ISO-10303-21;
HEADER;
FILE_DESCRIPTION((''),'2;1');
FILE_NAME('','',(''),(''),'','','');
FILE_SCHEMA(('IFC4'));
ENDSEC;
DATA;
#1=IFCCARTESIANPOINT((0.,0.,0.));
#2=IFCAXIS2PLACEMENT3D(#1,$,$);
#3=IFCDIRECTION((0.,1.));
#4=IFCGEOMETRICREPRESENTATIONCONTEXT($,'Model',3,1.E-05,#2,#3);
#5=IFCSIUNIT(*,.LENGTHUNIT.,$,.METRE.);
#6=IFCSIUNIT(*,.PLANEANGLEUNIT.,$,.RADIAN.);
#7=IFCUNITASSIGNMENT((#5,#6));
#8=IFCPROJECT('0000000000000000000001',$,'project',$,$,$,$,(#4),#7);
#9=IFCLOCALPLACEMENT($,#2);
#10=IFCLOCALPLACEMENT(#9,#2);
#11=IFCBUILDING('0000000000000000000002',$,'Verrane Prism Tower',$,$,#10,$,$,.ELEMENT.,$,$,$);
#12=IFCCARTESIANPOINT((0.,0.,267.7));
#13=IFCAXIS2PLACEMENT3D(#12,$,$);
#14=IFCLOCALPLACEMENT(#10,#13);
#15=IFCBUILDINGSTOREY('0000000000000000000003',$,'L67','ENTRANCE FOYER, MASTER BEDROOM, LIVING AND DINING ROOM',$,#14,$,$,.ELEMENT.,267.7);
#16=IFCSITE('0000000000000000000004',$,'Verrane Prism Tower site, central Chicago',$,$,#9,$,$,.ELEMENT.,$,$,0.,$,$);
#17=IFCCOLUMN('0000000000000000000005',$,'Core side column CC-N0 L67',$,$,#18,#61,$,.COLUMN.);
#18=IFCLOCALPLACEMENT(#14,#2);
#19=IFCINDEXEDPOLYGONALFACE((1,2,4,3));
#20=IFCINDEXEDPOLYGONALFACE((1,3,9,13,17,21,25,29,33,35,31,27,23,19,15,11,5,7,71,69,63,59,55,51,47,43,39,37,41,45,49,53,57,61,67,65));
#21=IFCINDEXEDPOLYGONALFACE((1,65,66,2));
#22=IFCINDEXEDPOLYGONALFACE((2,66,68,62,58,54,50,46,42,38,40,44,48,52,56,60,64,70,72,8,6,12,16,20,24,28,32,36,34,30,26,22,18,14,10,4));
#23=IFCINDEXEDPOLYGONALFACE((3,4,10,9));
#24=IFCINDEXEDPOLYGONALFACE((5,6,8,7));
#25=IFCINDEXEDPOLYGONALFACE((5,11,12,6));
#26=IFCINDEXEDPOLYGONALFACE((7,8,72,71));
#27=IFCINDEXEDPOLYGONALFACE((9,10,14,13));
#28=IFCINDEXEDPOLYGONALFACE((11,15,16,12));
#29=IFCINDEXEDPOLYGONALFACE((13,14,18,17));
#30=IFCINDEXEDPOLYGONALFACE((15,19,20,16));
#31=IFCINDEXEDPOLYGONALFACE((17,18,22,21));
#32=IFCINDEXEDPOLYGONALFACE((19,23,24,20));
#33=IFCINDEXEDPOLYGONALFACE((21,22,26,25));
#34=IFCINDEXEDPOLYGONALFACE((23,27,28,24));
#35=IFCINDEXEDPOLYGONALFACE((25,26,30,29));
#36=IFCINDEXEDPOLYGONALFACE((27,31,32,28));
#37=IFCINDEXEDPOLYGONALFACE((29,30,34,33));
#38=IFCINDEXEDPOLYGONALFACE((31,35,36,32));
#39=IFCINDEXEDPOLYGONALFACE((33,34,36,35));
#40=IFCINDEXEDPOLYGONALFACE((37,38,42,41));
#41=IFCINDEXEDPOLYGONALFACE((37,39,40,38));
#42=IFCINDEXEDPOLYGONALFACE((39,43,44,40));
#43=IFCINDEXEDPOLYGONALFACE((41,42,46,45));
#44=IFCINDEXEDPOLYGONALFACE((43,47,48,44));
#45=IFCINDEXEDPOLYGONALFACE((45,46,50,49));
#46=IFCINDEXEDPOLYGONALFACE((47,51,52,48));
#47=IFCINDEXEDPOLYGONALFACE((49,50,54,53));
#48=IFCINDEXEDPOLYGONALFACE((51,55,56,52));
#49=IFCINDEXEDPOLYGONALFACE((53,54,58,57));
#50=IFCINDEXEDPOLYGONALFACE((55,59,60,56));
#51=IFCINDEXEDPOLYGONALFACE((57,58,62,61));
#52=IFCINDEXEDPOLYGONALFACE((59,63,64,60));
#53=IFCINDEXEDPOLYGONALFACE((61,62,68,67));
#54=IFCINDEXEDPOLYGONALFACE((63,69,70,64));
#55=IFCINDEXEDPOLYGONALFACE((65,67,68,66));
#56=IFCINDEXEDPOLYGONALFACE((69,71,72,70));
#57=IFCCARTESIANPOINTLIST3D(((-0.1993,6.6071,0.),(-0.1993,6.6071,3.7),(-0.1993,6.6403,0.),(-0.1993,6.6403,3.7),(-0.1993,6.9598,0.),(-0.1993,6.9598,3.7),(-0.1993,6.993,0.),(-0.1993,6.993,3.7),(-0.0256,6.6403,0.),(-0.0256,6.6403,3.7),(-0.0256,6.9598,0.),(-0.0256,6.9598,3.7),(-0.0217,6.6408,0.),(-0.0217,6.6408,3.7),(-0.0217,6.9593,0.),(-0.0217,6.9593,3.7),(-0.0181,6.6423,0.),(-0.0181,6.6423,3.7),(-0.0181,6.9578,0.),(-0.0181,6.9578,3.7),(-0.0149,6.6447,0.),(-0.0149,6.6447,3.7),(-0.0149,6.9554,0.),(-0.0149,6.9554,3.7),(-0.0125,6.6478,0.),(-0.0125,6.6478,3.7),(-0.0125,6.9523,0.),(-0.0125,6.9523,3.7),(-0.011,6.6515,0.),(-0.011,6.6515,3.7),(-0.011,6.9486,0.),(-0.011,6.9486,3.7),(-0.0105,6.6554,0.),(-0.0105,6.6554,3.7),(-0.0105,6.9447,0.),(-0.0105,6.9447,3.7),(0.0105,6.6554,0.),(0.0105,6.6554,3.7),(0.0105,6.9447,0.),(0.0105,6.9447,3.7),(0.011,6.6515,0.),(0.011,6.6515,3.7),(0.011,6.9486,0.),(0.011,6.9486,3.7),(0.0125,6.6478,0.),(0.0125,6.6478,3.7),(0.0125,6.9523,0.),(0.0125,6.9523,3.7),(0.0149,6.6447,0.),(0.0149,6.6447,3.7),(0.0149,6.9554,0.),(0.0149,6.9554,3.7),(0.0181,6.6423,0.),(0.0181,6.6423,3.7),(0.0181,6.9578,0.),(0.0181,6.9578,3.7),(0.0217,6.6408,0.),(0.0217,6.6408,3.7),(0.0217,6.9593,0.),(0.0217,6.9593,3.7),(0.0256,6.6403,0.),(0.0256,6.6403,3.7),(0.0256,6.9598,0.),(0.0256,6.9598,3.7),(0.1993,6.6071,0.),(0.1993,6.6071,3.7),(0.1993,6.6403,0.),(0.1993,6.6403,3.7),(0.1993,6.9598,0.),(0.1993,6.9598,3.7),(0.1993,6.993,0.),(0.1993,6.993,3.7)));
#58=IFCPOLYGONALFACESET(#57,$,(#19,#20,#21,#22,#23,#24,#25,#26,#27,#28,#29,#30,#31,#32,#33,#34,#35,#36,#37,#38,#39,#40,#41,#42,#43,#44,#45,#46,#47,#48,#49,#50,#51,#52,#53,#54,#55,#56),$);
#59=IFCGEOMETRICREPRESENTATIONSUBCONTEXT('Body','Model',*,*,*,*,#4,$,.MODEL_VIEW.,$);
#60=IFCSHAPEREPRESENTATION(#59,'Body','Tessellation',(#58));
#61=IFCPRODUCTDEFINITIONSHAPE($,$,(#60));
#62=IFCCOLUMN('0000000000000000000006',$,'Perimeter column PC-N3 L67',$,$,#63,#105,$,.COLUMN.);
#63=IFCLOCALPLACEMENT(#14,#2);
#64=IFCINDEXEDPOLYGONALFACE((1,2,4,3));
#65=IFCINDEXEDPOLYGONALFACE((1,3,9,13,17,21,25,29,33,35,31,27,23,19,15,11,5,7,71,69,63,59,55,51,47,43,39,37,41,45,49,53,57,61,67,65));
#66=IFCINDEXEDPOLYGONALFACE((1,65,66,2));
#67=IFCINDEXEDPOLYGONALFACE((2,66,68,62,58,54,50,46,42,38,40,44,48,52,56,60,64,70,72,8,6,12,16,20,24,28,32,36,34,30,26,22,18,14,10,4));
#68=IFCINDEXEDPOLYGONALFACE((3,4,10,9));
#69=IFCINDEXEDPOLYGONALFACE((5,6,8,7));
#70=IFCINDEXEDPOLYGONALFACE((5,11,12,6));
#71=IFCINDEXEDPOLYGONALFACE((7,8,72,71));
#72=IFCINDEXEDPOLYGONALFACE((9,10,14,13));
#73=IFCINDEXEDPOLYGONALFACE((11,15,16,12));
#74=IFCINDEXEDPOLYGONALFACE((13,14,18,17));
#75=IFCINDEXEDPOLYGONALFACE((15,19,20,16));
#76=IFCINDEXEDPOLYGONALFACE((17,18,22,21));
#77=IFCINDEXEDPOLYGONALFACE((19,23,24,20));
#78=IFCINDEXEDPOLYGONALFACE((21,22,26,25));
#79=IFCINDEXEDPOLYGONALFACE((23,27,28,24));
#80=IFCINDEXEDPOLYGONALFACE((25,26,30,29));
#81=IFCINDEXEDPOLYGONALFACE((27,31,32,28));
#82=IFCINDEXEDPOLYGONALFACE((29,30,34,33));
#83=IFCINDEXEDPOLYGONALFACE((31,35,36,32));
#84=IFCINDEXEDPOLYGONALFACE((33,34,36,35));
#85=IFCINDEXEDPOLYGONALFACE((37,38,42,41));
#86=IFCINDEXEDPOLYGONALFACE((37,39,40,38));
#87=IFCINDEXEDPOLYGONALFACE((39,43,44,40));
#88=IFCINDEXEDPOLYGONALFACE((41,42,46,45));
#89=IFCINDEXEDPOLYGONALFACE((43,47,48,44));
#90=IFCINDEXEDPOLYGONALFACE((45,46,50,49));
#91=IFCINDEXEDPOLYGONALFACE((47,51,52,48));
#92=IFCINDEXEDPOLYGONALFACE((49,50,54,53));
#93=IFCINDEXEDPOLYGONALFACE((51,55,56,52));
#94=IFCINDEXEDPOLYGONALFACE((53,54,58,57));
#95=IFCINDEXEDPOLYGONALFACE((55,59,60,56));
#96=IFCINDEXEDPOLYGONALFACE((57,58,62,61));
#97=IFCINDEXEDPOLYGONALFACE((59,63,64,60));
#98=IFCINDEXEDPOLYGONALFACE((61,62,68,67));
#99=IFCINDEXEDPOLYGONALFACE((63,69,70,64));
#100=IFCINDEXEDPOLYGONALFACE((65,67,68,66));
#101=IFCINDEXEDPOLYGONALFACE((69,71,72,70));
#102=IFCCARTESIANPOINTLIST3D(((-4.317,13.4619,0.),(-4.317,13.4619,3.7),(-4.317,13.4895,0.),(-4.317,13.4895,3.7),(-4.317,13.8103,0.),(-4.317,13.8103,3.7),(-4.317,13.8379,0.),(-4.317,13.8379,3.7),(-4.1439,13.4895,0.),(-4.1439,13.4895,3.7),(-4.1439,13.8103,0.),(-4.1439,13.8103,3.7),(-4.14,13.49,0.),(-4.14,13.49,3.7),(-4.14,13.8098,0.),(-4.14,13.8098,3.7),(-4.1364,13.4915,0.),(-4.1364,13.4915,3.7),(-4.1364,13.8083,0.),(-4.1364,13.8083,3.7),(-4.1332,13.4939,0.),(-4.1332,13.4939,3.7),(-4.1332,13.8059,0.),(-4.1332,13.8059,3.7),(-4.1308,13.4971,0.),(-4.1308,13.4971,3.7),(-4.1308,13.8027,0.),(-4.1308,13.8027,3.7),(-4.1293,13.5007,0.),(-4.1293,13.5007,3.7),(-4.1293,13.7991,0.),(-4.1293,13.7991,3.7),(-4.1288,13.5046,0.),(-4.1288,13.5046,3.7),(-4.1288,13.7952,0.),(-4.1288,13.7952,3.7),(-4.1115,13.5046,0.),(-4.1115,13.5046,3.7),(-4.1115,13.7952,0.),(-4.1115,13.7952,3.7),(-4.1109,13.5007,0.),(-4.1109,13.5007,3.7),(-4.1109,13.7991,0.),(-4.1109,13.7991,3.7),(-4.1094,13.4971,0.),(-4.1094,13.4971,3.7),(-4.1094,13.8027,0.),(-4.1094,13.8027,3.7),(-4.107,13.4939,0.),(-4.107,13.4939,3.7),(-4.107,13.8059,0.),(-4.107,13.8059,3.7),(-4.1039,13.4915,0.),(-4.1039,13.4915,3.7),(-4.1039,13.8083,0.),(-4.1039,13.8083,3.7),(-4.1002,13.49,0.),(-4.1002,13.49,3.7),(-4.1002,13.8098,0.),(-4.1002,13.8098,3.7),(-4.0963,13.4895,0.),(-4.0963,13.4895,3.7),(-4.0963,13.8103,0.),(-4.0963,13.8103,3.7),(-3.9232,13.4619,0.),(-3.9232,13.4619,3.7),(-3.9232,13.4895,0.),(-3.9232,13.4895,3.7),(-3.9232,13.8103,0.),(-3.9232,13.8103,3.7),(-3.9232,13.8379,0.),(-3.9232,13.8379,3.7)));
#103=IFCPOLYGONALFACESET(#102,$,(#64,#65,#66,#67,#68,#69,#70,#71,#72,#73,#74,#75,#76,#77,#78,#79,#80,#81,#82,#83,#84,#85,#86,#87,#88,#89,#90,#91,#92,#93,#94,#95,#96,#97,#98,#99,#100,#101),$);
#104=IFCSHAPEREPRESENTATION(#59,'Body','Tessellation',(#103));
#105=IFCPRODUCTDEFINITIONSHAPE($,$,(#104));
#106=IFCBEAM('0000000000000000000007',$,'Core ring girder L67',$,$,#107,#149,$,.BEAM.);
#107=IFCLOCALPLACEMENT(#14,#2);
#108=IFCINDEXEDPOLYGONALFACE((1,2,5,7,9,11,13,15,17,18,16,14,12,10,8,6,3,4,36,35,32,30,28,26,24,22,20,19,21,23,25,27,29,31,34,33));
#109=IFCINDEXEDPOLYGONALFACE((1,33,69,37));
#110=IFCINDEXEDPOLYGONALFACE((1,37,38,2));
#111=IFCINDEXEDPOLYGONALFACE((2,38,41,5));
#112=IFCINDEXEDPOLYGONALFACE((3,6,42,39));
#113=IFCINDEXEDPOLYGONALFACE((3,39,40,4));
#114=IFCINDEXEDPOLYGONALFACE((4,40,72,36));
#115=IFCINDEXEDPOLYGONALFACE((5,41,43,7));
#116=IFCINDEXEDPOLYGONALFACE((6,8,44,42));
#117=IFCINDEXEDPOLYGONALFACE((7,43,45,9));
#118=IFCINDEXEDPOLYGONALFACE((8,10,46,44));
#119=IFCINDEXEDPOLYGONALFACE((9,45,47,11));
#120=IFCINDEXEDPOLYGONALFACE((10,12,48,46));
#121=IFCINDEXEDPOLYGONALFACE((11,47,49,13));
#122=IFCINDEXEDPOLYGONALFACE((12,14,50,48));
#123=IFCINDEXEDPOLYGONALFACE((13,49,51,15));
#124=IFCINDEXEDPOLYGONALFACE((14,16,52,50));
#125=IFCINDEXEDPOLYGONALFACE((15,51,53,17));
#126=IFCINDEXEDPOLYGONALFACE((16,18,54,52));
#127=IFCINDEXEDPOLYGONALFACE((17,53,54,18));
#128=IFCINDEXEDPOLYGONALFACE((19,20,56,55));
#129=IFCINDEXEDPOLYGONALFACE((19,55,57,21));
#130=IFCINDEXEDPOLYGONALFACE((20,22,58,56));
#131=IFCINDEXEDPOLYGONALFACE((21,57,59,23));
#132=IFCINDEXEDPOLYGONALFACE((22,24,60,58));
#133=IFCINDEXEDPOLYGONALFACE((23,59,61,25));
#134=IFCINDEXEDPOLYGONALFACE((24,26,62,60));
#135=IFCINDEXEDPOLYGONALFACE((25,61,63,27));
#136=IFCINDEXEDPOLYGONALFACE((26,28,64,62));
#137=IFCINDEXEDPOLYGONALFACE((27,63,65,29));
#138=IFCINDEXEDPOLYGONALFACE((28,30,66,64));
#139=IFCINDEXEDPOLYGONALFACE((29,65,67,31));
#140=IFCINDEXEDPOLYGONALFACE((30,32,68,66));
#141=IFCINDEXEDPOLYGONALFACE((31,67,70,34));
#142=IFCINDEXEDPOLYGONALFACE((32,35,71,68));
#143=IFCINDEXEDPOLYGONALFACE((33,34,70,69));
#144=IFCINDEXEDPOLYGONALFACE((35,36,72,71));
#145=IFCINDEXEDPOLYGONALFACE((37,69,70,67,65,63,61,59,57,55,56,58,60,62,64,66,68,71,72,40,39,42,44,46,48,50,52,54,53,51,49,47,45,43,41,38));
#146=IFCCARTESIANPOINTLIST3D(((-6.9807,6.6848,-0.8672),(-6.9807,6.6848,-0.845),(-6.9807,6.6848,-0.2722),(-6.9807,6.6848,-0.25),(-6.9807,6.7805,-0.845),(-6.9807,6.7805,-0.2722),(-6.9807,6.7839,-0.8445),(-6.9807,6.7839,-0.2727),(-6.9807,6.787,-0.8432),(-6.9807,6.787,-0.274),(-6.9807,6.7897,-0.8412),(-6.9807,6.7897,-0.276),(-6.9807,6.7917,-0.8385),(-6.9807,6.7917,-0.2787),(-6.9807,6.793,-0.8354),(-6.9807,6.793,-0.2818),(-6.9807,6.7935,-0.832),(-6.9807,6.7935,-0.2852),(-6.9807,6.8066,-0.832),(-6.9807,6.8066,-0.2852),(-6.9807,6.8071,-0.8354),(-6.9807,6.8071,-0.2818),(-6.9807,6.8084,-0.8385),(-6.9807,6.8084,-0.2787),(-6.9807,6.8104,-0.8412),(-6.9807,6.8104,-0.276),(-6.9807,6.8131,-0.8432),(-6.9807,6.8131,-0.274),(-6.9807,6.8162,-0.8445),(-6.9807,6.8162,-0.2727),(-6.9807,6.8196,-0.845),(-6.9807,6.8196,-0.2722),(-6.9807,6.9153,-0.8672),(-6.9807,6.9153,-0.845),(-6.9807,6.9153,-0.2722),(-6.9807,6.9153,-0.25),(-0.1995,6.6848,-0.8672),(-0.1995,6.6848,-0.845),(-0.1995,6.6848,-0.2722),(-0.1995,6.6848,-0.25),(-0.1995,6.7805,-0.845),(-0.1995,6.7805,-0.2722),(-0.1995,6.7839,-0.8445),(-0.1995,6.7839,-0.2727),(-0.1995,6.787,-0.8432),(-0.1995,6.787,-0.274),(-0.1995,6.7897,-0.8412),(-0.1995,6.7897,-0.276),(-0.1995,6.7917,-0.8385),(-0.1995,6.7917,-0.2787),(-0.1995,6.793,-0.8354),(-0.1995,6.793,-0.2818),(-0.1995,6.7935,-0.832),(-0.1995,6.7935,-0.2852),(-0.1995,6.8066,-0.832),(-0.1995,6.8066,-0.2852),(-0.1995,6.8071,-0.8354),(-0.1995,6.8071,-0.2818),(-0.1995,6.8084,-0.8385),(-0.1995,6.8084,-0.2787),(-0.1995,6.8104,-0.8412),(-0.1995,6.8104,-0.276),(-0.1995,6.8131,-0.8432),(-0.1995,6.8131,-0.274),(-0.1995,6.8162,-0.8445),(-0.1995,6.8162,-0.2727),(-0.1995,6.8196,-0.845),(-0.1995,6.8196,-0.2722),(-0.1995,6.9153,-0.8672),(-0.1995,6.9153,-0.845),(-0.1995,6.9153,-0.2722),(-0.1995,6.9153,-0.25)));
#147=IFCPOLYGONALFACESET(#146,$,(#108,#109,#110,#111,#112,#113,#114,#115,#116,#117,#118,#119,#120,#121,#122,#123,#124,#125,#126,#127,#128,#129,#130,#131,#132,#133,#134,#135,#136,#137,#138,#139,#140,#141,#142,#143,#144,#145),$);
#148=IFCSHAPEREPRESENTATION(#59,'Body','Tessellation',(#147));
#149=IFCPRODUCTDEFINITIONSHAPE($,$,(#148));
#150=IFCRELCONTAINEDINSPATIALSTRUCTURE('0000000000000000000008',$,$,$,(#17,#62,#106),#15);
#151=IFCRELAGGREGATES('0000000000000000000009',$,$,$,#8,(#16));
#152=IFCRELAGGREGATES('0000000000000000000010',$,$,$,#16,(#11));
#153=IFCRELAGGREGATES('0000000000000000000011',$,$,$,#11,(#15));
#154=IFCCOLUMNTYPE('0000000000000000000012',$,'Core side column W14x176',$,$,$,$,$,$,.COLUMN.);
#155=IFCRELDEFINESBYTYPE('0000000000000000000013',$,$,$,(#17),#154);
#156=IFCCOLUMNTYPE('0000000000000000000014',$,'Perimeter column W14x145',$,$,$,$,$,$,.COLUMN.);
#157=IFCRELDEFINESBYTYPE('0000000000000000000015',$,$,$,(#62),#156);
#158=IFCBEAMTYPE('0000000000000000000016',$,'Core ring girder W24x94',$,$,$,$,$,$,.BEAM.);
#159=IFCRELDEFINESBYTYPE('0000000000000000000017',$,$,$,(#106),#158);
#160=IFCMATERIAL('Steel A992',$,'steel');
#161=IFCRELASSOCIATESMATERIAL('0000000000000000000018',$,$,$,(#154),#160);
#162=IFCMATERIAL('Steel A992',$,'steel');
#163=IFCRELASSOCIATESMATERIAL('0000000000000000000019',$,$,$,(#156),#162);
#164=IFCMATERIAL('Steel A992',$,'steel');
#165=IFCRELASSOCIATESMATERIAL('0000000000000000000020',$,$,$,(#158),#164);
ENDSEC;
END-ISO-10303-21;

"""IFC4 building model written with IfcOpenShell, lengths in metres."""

from ifc_helpers import new_model, si_unit, direction, frame, origin, origin_2d, place, context, subcontext, project, spatial, i_section, extrude, material, material_profile, profile_set, type_object, element, save


model = new_model("IFC4")

# Units and contexts
model_context = context("Model", 3, precision=1e-05, world=origin(), true_north=direction((0.0, 1.0)))
body_context = subcontext(model_context, "Body", "Model", "MODEL_VIEW")
ifc_project = project(units=[si_unit("LENGTHUNIT", "METRE"), si_unit("PLANEANGLEUNIT", "RADIAN")], contexts=[model_context])

# Site, building, storey
site_placement = place(None, origin())
site = spatial("IfcSite", under=ifc_project, at=site_placement, Name="Verrane Prism Tower site, central Chicago", CompositionType="ELEMENT", RefElevation=0.0)
building_placement = place(site_placement, origin())
building = spatial("IfcBuilding", under=site, at=building_placement, Name="Verrane Prism Tower", CompositionType="ELEMENT")
storey_placement = place(building_placement, frame((0.0, 0.0, 267.7)))
storey = spatial("IfcBuildingStorey", under=building, at=storey_placement, Name="L67", Description="ENTRANCE FOYER, MASTER BEDROOM, LIVING AND DINING ROOM", CompositionType="ELEMENT", Elevation=267.7)

# Columns
ifc_material_1 = material(Name="Steel A992", Category="steel")
ifc_material_profile_1 = material_profile(ifc_material_1, i_section(OverallWidth=0.3987, OverallDepth=0.386, WebThickness=0.021, FlangeThickness=0.0332, FilletRadius=0.0151, at=origin_2d()), Name="W14x176")
ifc_profile_set_1 = profile_set([ifc_material_profile_1], Name="Steel A992")
column_type_1 = type_object("IfcColumnType", Name="Core side column W14x176", PredefinedType="COLUMN", material=ifc_profile_set_1)
column_1_placement = place(storey_placement, frame((0.0, 6.8, 0.0), z_axis=(0.0, 0.0, 1.0), x_axis=(1.0, 0.0, 0.0)))
element("IfcColumn", 1, at=column_1_placement, inside=storey, type_object=column_type_1, Name="Core side column CC-N0 L67", PredefinedType="COLUMN", context=body_context, shape_type="SweptSolid", body=[
    extrude(i_section(OverallWidth=0.3987, OverallDepth=0.386, WebThickness=0.021, FlangeThickness=0.0332, FilletRadius=0.0151, at=origin_2d()), origin(), (0.0, 0.0, 1.0), 3.7),
])
ifc_material_2 = material(Name="Steel A992", Category="steel")
ifc_material_profile_2 = material_profile(ifc_material_2, i_section(OverallWidth=0.3938, OverallDepth=0.376, WebThickness=0.0173, FlangeThickness=0.0276, FilletRadius=0.0151, at=origin_2d()), Name="W14x145")
ifc_profile_set_2 = profile_set([ifc_material_profile_2], Name="Steel A992")
column_type_2 = type_object("IfcColumnType", Name="Perimeter column W14x145", PredefinedType="COLUMN", material=ifc_profile_set_2)
column_2_placement = place(storey_placement, frame((-4.1201, 13.6499, 0.0), z_axis=(0.0, 0.0, 1.0), x_axis=(1.0, 0.0, 0.0)))
element("IfcColumn", 2, at=column_2_placement, inside=storey, type_object=column_type_2, Name="Perimeter column PC-N3 L67", PredefinedType="COLUMN", context=body_context, shape_type="SweptSolid", body=[
    extrude(i_section(OverallWidth=0.3938, OverallDepth=0.376, WebThickness=0.0173, FlangeThickness=0.0276, FilletRadius=0.0151, at=origin_2d()), origin(), (0.0, 0.0, 1.0), 3.7),
])

# Beam
ifc_material_3 = material(Name="Steel A992", Category="steel")
ifc_material_profile_3 = material_profile(ifc_material_3, i_section(OverallWidth=0.2305, OverallDepth=0.6172, WebThickness=0.0132, FlangeThickness=0.0222, FilletRadius=0.0129, at=origin_2d()), Name="W24x94")
ifc_profile_set_3 = profile_set([ifc_material_profile_3], Name="Steel A992")
beam_type_1 = type_object("IfcBeamType", Name="Core ring girder W24x94", PredefinedType="BEAM", material=ifc_profile_set_3)
beam_1_placement = place(storey_placement, frame((-0.1995, 6.8, -0.5586), z_axis=(-1.0, 0.0, 0.0), x_axis=(0.0, -1.0, 0.0)))
element("IfcBeam", 3, at=beam_1_placement, inside=storey, type_object=beam_type_1, Name="Core ring girder L67", PredefinedType="BEAM", context=body_context, shape_type="SweptSolid", body=[
    extrude(i_section(OverallWidth=0.2305, OverallDepth=0.6172, WebThickness=0.0132, FlangeThickness=0.0222, FilletRadius=0.0129, at=origin_2d()), origin(), (0.0, 0.0, 1.0), 6.7812),
])

save(model, "model.ifc")
